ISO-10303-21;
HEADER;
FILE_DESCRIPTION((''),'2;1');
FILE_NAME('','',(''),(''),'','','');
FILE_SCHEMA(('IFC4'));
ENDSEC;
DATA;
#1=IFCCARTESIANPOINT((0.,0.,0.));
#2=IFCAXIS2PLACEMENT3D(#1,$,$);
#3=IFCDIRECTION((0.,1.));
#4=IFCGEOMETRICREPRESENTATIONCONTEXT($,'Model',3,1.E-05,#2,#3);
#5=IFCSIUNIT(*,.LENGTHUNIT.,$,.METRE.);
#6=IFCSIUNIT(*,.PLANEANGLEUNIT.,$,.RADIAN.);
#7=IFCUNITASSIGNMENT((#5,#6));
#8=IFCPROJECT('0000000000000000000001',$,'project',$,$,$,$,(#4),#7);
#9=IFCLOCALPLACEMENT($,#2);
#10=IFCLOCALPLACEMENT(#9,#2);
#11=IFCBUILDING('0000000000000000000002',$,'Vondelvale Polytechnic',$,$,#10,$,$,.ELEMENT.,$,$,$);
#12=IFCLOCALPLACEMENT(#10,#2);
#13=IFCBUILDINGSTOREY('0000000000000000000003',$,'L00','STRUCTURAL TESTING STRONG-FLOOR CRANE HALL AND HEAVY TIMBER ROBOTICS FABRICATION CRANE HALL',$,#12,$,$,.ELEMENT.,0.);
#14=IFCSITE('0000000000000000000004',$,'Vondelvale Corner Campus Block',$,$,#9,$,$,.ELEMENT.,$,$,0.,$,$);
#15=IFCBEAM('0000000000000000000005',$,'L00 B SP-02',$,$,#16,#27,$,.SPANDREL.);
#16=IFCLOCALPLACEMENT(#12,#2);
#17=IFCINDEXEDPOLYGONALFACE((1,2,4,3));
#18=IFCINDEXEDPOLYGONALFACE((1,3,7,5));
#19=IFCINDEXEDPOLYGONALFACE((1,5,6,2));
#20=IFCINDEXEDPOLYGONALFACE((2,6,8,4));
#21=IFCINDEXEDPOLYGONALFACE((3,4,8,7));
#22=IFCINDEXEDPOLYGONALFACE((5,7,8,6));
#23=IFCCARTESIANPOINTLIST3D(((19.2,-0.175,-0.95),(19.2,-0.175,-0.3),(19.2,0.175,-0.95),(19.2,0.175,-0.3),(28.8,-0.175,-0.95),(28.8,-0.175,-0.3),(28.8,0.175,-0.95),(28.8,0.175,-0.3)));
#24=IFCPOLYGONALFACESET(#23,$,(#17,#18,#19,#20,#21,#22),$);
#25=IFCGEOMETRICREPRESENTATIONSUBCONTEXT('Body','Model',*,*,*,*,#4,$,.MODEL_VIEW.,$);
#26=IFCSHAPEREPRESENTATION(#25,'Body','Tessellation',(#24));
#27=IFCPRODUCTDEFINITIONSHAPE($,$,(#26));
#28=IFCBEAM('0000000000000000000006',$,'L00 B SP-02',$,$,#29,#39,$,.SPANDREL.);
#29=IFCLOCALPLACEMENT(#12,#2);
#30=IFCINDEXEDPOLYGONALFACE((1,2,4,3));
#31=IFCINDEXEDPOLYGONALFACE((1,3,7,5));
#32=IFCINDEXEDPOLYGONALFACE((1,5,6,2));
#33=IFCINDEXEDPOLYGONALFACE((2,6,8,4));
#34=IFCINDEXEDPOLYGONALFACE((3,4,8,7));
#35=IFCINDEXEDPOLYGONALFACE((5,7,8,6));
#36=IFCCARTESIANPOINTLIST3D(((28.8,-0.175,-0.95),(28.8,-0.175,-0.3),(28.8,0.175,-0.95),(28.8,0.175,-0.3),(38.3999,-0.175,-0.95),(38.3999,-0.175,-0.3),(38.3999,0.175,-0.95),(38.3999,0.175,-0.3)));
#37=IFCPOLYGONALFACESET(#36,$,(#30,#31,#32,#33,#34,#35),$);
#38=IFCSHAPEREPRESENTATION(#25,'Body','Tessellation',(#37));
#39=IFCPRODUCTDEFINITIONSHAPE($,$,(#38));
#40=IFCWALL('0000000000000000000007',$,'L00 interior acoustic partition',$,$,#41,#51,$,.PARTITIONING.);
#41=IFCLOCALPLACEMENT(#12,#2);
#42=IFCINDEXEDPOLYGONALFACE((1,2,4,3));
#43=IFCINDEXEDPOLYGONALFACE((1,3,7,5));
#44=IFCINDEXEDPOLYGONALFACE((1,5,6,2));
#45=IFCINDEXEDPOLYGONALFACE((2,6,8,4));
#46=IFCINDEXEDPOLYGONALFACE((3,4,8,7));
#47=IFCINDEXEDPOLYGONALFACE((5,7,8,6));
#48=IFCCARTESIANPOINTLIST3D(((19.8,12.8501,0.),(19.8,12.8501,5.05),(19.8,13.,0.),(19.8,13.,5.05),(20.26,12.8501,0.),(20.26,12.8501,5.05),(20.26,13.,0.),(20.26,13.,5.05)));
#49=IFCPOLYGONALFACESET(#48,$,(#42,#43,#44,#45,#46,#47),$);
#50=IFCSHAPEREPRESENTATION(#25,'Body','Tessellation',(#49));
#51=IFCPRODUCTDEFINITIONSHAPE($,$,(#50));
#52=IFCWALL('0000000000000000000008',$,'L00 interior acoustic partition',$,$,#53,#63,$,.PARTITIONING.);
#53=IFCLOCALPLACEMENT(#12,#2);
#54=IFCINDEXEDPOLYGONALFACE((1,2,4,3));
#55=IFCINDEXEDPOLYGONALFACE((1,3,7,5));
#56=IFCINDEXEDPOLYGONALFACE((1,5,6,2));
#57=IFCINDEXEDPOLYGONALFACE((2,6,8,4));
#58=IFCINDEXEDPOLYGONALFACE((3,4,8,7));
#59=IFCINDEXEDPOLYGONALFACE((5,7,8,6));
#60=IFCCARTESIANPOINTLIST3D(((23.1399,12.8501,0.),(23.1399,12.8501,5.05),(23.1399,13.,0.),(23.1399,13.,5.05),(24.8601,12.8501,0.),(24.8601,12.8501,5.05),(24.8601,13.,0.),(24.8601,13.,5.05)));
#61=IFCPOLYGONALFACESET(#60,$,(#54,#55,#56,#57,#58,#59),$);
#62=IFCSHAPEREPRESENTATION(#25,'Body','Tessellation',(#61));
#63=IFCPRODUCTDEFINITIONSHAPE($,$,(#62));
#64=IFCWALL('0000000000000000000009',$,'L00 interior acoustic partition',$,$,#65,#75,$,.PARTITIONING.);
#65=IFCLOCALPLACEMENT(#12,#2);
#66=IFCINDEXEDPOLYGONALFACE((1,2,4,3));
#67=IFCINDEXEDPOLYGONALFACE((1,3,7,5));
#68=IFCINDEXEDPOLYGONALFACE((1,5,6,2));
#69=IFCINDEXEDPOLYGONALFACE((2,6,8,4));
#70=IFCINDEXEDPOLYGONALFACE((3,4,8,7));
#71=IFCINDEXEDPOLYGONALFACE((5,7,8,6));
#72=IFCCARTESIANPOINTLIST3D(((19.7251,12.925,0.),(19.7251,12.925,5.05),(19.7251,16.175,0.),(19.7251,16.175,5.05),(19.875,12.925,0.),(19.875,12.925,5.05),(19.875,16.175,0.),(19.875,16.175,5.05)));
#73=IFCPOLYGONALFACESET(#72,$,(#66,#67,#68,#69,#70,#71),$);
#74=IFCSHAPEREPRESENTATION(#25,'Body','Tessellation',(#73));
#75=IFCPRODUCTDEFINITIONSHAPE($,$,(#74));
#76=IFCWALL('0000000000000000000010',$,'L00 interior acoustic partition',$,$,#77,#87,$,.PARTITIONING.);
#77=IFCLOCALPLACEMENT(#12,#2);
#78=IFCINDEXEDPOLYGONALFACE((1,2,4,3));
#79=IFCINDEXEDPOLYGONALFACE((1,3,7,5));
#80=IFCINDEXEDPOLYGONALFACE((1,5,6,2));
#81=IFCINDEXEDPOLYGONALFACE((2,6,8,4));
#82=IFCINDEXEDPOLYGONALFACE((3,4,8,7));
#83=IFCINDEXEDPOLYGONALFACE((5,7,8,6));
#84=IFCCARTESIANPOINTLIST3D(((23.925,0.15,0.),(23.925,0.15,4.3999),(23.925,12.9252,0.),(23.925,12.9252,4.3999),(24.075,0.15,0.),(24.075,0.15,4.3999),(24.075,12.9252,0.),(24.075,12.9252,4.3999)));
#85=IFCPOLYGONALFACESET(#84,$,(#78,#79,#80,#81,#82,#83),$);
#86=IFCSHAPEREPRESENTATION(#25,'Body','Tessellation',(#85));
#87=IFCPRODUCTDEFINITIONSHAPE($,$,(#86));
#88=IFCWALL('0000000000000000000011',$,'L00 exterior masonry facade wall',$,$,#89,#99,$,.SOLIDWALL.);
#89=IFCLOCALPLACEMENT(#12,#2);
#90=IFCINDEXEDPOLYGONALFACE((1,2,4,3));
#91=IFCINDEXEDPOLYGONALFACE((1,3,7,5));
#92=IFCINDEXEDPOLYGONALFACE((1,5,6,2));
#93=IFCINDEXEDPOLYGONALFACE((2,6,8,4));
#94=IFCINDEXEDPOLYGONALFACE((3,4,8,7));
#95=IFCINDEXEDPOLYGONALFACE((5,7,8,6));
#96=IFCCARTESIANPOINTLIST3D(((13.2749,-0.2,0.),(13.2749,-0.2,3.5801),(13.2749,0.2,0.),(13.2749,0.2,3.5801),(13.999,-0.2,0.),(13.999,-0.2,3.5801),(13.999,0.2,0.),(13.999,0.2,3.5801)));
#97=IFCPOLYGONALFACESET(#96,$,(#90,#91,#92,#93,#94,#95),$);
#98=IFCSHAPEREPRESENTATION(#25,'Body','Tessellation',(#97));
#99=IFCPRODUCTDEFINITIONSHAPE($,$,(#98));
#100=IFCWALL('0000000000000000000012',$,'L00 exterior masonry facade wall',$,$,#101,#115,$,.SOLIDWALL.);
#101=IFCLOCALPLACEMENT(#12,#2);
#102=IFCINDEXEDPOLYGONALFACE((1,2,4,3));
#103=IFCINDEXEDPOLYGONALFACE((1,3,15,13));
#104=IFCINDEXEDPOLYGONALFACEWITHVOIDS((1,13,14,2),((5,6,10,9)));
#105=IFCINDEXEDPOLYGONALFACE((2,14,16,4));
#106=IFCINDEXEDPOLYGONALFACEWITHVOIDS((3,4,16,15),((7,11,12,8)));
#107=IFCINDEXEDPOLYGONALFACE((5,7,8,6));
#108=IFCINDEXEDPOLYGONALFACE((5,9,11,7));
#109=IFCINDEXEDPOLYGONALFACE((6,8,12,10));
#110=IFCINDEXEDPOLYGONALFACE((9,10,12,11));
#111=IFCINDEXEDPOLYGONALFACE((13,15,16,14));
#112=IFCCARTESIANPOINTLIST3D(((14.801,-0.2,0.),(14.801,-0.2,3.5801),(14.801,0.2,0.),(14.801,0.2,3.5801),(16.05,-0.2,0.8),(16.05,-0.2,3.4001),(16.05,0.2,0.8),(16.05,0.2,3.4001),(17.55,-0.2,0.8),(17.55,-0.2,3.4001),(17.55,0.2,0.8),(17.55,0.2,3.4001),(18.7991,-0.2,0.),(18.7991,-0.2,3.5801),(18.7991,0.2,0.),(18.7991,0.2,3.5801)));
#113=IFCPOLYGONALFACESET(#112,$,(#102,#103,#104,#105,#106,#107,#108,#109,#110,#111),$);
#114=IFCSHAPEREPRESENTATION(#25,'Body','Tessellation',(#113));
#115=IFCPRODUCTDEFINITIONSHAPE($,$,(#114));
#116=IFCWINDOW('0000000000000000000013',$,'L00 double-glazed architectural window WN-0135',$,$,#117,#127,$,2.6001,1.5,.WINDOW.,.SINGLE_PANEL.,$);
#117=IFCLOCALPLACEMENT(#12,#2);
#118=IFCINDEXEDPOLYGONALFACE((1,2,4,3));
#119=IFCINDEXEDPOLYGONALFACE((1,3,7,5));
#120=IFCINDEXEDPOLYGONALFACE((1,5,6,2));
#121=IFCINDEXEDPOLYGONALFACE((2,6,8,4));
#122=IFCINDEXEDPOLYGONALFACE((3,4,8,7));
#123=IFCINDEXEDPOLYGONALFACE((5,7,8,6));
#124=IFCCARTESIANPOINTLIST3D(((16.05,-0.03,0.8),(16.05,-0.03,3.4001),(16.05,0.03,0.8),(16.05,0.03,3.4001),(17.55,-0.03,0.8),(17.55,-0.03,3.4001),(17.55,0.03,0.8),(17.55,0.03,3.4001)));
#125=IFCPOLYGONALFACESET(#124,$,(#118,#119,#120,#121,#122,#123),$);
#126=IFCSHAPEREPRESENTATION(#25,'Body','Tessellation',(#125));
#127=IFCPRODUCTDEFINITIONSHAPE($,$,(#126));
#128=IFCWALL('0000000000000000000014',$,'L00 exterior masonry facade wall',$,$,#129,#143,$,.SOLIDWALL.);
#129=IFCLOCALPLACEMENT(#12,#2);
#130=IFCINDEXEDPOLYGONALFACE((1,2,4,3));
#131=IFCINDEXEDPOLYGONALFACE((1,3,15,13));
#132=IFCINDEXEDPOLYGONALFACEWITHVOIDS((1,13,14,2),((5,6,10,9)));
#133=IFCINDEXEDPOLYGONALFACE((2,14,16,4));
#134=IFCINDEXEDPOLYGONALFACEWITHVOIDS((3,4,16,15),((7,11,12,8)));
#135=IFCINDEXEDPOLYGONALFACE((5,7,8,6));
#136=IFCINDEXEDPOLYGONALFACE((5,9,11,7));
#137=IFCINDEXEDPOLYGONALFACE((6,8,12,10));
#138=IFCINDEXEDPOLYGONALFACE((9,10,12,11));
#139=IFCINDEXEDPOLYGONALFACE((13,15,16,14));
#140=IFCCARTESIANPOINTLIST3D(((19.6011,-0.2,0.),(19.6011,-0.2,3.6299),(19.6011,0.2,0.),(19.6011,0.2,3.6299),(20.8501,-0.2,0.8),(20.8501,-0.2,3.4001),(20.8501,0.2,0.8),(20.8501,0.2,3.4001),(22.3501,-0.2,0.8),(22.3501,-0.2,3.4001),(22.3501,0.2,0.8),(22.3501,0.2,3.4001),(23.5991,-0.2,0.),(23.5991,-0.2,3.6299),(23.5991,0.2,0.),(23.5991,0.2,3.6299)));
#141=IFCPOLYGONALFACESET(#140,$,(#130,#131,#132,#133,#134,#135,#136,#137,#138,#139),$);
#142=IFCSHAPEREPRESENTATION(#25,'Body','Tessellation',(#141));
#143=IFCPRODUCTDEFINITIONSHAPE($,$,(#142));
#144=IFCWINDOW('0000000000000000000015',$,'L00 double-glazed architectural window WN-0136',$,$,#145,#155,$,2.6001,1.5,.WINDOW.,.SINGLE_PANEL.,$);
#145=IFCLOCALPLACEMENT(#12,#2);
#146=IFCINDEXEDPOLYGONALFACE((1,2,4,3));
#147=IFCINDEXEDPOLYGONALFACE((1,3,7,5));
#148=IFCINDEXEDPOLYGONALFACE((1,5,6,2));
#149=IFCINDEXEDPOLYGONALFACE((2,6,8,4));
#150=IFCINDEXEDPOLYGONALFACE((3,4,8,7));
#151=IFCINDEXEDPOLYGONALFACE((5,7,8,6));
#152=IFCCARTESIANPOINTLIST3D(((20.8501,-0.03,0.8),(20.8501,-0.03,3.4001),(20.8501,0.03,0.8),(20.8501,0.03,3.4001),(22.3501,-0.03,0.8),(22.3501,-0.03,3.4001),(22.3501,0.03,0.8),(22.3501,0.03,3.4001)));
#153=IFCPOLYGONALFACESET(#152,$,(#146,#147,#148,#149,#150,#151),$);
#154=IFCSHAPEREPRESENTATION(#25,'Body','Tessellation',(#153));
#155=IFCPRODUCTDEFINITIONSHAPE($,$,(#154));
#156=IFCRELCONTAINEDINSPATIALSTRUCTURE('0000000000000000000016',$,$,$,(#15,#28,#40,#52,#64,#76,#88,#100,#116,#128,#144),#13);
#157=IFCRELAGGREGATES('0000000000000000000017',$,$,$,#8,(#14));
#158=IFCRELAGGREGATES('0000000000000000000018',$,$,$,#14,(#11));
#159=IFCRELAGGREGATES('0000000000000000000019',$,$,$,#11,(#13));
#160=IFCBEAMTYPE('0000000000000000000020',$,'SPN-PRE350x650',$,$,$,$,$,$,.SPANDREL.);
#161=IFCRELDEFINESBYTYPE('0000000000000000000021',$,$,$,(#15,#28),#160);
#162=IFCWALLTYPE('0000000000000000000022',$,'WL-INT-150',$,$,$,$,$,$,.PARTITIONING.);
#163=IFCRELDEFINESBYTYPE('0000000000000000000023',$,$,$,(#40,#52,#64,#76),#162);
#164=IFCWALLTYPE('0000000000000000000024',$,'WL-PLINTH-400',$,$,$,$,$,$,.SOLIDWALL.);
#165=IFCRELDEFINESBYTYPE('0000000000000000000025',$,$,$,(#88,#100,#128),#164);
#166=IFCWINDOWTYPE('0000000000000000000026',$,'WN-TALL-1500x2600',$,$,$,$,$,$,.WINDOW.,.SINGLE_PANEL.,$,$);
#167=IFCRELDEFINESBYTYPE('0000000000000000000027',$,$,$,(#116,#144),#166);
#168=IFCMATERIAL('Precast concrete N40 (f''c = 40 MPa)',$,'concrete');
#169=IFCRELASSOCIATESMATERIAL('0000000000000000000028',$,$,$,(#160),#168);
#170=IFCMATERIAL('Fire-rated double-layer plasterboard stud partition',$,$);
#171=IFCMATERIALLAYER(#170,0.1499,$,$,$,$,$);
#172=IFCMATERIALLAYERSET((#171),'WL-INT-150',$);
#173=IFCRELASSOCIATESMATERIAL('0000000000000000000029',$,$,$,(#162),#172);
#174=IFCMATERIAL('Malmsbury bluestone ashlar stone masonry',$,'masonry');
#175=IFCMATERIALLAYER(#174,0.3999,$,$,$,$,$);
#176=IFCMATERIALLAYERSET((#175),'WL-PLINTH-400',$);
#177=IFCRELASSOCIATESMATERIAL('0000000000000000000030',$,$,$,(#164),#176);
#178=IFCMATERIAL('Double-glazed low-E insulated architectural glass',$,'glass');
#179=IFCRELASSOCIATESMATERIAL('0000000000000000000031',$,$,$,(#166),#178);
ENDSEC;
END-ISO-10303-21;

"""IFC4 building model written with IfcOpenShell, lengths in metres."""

from ifc_helpers import new_model, si_unit, direction, frame, frame_2d, origin, origin_2d, place, context, subcontext, project, spatial, rectangle, extrude, material, layer, layer_set, material_profile, profile_set, type_object, element, fill, save


model = new_model("IFC4")

# Units and contexts
model_context = context("Model", 3, precision=1e-05, world=origin(), true_north=direction((0.0, 1.0)))
body_context = subcontext(model_context, "Body", "Model", "MODEL_VIEW")
ifc_project = project(units=[si_unit("LENGTHUNIT", "METRE"), si_unit("PLANEANGLEUNIT", "RADIAN")], contexts=[model_context])

# Site, building, storey
site_placement = place(None, origin())
site = spatial("IfcSite", under=ifc_project, at=site_placement, Name="Vondelvale Corner Campus Block", CompositionType="ELEMENT", RefElevation=0.0)
building_placement = place(site_placement, origin())
building = spatial("IfcBuilding", under=site, at=building_placement, Name="Vondelvale Polytechnic", CompositionType="ELEMENT")
storey_placement = place(building_placement, origin())
storey = spatial("IfcBuildingStorey", under=building, at=storey_placement, Name="L00", Description="STRUCTURAL TESTING STRONG-FLOOR CRANE HALL AND HEAVY TIMBER ROBOTICS FABRICATION CRANE HALL", CompositionType="ELEMENT", Elevation=0.0)

# Beams
ifc_material_1 = material(Name="Precast concrete N40 (f'c = 40 MPa)", Category="concrete")
ifc_material_profile_1 = material_profile(ifc_material_1, rectangle(XDim=0.3501, YDim=0.6499, at=origin_2d()), Name="RC-SPN-350x650")
ifc_profile_set_1 = profile_set([ifc_material_profile_1], Name="Precast concrete N40 (f'c = 40 MPa)")
beam_type_1 = type_object("IfcBeamType", Name="SPN-PRE350x650", PredefinedType="SPANDREL", material=ifc_profile_set_1)
beam_1_placement = place(storey_placement, frame((19.2, 0.0, -0.625), z_axis=(1.0, 0.0, 0.0), x_axis=(0.0, 1.0, 0.0)))
element("IfcBeam", 1, at=beam_1_placement, inside=storey, type_object=beam_type_1, Name="L00 B SP-02", PredefinedType="SPANDREL", context=body_context, shape_type="SweptSolid", body=[
    extrude(rectangle(XDim=0.3501, YDim=0.6499, at=origin_2d()), origin(), (0.0, 0.0, 1.0), 9.6001),
])
beam_2_placement = place(storey_placement, frame((28.8, 0.0, -0.625), z_axis=(1.0, 0.0, 0.0), x_axis=(0.0, 1.0, 0.0)))
element("IfcBeam", 2, at=beam_2_placement, inside=storey, type_object=beam_type_1, Name="L00 B SP-02", PredefinedType="SPANDREL", context=body_context, shape_type="SweptSolid", body=[
    extrude(rectangle(XDim=0.3501, YDim=0.6499, at=origin_2d()), origin(), (0.0, 0.0, 1.0), 9.5999),
])

# Walls
ifc_material_2 = material(Name="Fire-rated double-layer plasterboard stud partition")
ifc_layer_1 = layer(ifc_material_2, 0.1499)
ifc_layer_set_1 = layer_set([ifc_layer_1], Name="WL-INT-150")
wall_type_1 = type_object("IfcWallType", Name="WL-INT-150", PredefinedType="PARTITIONING", material=ifc_layer_set_1)
wall_1_placement = place(storey_placement, frame((19.8, 12.925, 0.0), z_axis=(0.0, 0.0, 1.0), x_axis=(1.0, 0.0, 0.0)))
element("IfcWall", 3, at=wall_1_placement, inside=storey, type_object=wall_type_1, Name="L00 interior acoustic partition", PredefinedType="PARTITIONING", context=body_context, shape_type="SweptSolid", body=[
    extrude(rectangle(XDim=0.46, YDim=0.1499, at=frame_2d((0.23, 0.0))), origin(), (0.0, 0.0, 1.0), 5.05),
])
wall_2_placement = place(storey_placement, frame((23.1399, 12.925, 0.0), z_axis=(0.0, 0.0, 1.0), x_axis=(1.0, 0.0, 0.0)))
element("IfcWall", 4, at=wall_2_placement, inside=storey, type_object=wall_type_1, Name="L00 interior acoustic partition", PredefinedType="PARTITIONING", context=body_context, shape_type="SweptSolid", body=[
    extrude(rectangle(XDim=1.7202, YDim=0.1499, at=frame_2d((0.8601, 0.0))), origin(), (0.0, 0.0, 1.0), 5.05),
])
wall_3_placement = place(storey_placement, frame((19.8, 12.925, 0.0), z_axis=(0.0, 0.0, 1.0), x_axis=(0.0, 1.0, 0.0)))
element("IfcWall", 5, at=wall_3_placement, inside=storey, type_object=wall_type_1, Name="L00 interior acoustic partition", PredefinedType="PARTITIONING", context=body_context, shape_type="SweptSolid", body=[
    extrude(rectangle(XDim=3.25, YDim=0.1499, at=frame_2d((1.625, 0.0))), origin(), (0.0, 0.0, 1.0), 5.05),
])
wall_4_placement = place(storey_placement, frame((24.0, 0.1499, 0.0), z_axis=(0.0, 0.0, 1.0), x_axis=(0.0, 1.0, 0.0)))
element("IfcWall", 6, at=wall_4_placement, inside=storey, type_object=wall_type_1, Name="L00 interior acoustic partition", PredefinedType="PARTITIONING", context=body_context, shape_type="SweptSolid", body=[
    extrude(rectangle(XDim=12.7751, YDim=0.1499, at=frame_2d((6.3877, 0.0))), origin(), (0.0, 0.0, 1.0), 4.3999),
])
ifc_material_3 = material(Name="Malmsbury bluestone ashlar stone masonry", Category="masonry")
ifc_layer_2 = layer(ifc_material_3, 0.3999)
ifc_layer_set_2 = layer_set([ifc_layer_2], Name="WL-PLINTH-400")
wall_type_2 = type_object("IfcWallType", Name="WL-PLINTH-400", PredefinedType="SOLIDWALL", material=ifc_layer_set_2)
wall_5_placement = place(storey_placement, frame((13.999, 0.0, 0.0), z_axis=(0.0, 0.0, 1.0), x_axis=(-1.0, 0.0, 0.0)))
element("IfcWall", 7, at=wall_5_placement, inside=storey, type_object=wall_type_2, Name="L00 exterior masonry facade wall", PredefinedType="SOLIDWALL", context=body_context, shape_type="SweptSolid", body=[
    extrude(rectangle(XDim=0.7241, YDim=0.3999, at=frame_2d((0.3621, 0.0))), origin(), (0.0, 0.0, 1.0), 3.5801),
])

# Walls, openings, windows
wall_6_placement = place(storey_placement, frame((18.7991, 0.0, 0.0), z_axis=(0.0, 0.0, 1.0), x_axis=(-1.0, 0.0, 0.0)))
wall_6 = element("IfcWall", 8, at=wall_6_placement, inside=storey, type_object=wall_type_2, Name="L00 exterior masonry facade wall", PredefinedType="SOLIDWALL", context=body_context, shape_type="SweptSolid", body=[
    extrude(rectangle(XDim=3.998, YDim=0.3999, at=frame_2d((1.999, 0.0))), origin(), (0.0, 0.0, 1.0), 3.5801),
])
opening_1_placement = place(wall_6_placement, frame((1.249, 0.0, 0.8)))
opening_1 = element("IfcOpeningElement", 9, at=opening_1_placement, cuts=wall_6, PredefinedType="OPENING", context=body_context, shape_type="SweptSolid", body=[
    extrude(rectangle(XDim=1.5, YDim=2.6001, at=frame_2d((0.75, 1.3))), frame((0.0, 0.21, 0.0), z_axis=(0.0, -1.0, 0.0), x_axis=(1.0, 0.0, 0.0)), (0.0, 0.0, 1.0), 0.4199),
])
ifc_material_4 = material(Name="Double-glazed low-E insulated architectural glass", Category="glass")
window_type = type_object("IfcWindowType", Name="WN-TALL-1500x2600", PartitioningType="SINGLE_PANEL", PredefinedType="WINDOW", material=ifc_material_4)
window_1_placement = place(opening_1_placement, origin())
window_1 = element("IfcWindow", 10, at=window_1_placement, inside=storey, type_object=window_type, Name="L00 double-glazed architectural window WN-0135", OverallHeight=2.6001, OverallWidth=1.5, PartitioningType="SINGLE_PANEL", PredefinedType="WINDOW", context=body_context, shape_type="SweptSolid", body=[
    extrude(rectangle(XDim=1.5, YDim=2.6001, at=frame_2d((0.75, 1.3))), frame((0.0, 0.03, 0.0), z_axis=(0.0, -1.0, 0.0), x_axis=(1.0, 0.0, 0.0)), (0.0, 0.0, 1.0), 0.0601),
])
fill(opening_1, window_1)
wall_7_placement = place(storey_placement, frame((23.5991, 0.0, 0.0), z_axis=(0.0, 0.0, 1.0), x_axis=(-1.0, 0.0, 0.0)))
wall_7 = element("IfcWall", 11, at=wall_7_placement, inside=storey, type_object=wall_type_2, Name="L00 exterior masonry facade wall", PredefinedType="SOLIDWALL", context=body_context, shape_type="SweptSolid", body=[
    extrude(rectangle(XDim=3.998, YDim=0.3999, at=frame_2d((1.999, 0.0))), origin(), (0.0, 0.0, 1.0), 3.6299),
])
opening_2_placement = place(wall_7_placement, frame((1.249, 0.0, 0.8)))
opening_2 = element("IfcOpeningElement", 12, at=opening_2_placement, cuts=wall_7, PredefinedType="OPENING", context=body_context, shape_type="SweptSolid", body=[
    extrude(rectangle(XDim=1.5, YDim=2.6001, at=frame_2d((0.75, 1.3))), frame((0.0, 0.21, 0.0), z_axis=(0.0, -1.0, 0.0), x_axis=(1.0, 0.0, 0.0)), (0.0, 0.0, 1.0), 0.4199),
])
window_2_placement = place(opening_2_placement, origin())
window_2 = element("IfcWindow", 13, at=window_2_placement, inside=storey, type_object=window_type, Name="L00 double-glazed architectural window WN-0136", OverallHeight=2.6001, OverallWidth=1.5, PartitioningType="SINGLE_PANEL", PredefinedType="WINDOW", context=body_context, shape_type="SweptSolid", body=[
    extrude(rectangle(XDim=1.5, YDim=2.6001, at=frame_2d((0.75, 1.3))), frame((0.0, 0.03, 0.0), z_axis=(0.0, -1.0, 0.0), x_axis=(1.0, 0.0, 0.0)), (0.0, 0.0, 1.0), 0.0601),
])
fill(opening_2, window_2)

save(model, "model.ifc")
